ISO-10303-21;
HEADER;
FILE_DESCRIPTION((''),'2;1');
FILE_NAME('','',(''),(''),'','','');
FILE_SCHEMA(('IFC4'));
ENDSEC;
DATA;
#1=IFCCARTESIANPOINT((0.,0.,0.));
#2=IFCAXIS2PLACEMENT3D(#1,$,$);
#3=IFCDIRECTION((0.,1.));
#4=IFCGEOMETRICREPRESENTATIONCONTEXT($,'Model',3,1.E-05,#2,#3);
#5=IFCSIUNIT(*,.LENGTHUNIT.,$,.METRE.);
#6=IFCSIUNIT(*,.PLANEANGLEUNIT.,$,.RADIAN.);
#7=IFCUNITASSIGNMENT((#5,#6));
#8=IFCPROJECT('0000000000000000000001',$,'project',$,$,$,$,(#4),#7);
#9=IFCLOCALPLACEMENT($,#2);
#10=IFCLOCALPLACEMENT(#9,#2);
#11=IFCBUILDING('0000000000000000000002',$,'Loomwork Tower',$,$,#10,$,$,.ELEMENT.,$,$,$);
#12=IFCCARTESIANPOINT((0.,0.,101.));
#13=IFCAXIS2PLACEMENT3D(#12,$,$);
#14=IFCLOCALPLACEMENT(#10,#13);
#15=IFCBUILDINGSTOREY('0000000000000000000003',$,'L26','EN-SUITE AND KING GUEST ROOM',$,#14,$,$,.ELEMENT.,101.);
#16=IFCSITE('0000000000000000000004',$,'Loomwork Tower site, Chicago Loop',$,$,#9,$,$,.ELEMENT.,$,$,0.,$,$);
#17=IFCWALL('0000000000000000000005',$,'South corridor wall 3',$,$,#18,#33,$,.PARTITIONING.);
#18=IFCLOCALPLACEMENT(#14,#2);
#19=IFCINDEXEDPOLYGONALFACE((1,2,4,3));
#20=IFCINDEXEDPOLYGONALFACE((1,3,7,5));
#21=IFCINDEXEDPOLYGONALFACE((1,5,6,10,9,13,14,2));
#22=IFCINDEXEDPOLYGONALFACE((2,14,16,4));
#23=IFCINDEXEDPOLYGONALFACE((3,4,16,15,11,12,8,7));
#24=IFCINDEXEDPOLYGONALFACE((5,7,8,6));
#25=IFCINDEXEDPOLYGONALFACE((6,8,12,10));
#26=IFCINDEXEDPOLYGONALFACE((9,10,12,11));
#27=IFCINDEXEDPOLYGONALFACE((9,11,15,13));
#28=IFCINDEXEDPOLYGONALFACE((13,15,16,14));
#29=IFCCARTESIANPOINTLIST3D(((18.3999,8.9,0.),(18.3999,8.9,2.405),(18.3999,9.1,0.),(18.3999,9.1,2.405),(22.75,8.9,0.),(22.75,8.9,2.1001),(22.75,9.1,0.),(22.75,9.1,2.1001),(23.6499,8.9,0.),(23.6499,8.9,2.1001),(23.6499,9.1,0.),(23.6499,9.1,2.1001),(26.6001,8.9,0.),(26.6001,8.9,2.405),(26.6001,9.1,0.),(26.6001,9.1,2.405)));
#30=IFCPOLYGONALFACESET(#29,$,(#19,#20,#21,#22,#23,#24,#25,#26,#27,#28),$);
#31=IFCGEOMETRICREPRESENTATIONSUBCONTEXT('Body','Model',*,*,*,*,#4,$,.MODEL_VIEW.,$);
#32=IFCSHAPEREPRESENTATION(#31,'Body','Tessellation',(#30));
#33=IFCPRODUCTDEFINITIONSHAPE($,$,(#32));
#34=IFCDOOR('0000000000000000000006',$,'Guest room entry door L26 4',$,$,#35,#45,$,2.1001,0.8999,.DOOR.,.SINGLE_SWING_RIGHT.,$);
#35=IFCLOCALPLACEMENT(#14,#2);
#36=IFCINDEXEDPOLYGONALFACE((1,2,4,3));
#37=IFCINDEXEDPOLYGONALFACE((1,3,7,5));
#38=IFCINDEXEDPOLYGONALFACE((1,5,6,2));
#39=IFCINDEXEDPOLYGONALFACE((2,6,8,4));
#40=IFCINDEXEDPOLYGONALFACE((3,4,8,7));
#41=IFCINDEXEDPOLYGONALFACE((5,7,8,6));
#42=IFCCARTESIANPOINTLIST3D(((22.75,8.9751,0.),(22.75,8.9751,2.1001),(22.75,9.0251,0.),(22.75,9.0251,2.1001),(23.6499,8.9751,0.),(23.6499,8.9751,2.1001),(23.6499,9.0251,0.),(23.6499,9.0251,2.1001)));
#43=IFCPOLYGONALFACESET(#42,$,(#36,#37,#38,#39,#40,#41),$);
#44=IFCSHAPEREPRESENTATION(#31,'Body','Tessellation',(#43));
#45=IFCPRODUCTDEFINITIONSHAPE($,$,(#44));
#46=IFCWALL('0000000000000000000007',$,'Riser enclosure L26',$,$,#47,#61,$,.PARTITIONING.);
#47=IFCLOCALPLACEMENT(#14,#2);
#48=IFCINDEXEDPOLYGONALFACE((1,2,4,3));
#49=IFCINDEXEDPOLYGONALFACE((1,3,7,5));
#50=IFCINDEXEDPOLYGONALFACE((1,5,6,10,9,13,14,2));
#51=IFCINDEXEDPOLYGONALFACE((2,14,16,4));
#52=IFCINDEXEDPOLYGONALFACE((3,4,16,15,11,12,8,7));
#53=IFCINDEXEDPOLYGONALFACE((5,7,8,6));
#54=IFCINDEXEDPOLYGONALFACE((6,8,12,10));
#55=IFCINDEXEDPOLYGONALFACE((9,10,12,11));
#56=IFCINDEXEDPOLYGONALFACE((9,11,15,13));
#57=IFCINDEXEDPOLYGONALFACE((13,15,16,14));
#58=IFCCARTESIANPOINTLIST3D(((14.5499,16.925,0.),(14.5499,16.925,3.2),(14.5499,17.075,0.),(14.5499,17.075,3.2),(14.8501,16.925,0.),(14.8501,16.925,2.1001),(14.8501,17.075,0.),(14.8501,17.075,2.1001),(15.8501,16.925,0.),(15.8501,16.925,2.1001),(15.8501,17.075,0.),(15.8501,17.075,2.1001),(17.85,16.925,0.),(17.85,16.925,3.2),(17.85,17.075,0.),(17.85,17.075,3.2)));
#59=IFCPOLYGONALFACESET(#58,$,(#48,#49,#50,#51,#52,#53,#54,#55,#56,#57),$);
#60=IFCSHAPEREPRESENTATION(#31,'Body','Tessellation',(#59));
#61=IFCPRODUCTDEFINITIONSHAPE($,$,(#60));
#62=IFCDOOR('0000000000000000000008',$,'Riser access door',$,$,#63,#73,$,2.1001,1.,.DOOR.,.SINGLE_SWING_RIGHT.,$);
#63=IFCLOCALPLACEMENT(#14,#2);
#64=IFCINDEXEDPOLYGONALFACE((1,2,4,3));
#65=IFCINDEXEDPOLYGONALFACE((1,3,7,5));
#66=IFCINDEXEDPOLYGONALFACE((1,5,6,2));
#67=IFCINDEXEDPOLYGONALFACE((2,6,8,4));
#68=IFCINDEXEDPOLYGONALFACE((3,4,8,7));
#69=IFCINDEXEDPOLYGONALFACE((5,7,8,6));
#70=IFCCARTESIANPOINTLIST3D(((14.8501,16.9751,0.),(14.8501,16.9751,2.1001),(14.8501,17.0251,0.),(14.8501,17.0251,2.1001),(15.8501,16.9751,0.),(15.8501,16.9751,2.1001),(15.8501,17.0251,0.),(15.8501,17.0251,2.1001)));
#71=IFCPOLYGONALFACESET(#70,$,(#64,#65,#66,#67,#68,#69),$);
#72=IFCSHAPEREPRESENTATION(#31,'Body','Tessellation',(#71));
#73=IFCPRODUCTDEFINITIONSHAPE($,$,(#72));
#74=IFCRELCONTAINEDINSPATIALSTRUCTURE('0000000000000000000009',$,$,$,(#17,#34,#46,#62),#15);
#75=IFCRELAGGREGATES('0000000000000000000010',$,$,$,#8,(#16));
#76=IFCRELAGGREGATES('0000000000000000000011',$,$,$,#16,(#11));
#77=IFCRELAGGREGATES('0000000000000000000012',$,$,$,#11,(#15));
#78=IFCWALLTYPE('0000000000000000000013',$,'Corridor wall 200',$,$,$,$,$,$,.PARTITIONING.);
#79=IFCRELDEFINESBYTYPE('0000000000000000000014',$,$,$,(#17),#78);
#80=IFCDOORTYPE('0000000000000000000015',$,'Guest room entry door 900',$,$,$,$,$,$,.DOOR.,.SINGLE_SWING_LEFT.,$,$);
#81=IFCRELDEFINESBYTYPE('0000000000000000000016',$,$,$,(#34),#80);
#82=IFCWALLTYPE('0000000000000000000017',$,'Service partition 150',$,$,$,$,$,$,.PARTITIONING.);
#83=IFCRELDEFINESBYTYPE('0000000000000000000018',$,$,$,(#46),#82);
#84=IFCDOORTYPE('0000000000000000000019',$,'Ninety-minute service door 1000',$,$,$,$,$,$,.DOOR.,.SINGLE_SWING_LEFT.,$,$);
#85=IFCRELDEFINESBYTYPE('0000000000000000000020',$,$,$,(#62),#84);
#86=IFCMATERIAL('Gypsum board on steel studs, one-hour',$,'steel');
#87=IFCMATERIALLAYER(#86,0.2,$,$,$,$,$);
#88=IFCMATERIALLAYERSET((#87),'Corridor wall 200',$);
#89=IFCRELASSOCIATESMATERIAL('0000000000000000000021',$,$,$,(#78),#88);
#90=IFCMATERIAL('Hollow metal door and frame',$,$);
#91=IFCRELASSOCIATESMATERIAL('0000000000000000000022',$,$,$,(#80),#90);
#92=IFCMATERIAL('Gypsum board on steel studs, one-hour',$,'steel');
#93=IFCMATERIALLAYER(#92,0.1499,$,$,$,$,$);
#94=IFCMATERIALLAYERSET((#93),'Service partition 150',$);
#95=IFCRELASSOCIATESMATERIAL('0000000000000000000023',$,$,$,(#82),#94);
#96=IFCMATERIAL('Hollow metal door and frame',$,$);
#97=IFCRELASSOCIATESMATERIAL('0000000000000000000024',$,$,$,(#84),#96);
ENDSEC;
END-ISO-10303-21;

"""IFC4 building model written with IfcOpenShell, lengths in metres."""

from ifc_helpers import new_model, si_unit, direction, frame, frame_2d, origin, place, context, subcontext, project, spatial, rectangle, extrude, material, layer, layer_set, type_object, element, fill, save


model = new_model("IFC4")

# Units and contexts
model_context = context("Model", 3, precision=1e-05, world=origin(), true_north=direction((0.0, 1.0)))
body_context = subcontext(model_context, "Body", "Model", "MODEL_VIEW")
ifc_project = project(units=[si_unit("LENGTHUNIT", "METRE"), si_unit("PLANEANGLEUNIT", "RADIAN")], contexts=[model_context])

# Site, building, storey
site_placement = place(None, origin())
site = spatial("IfcSite", under=ifc_project, at=site_placement, Name="Loomwork Tower site, Chicago Loop", CompositionType="ELEMENT", RefElevation=0.0)
building_placement = place(site_placement, origin())
building = spatial("IfcBuilding", under=site, at=building_placement, Name="Loomwork Tower", CompositionType="ELEMENT")
storey_placement = place(building_placement, frame((0.0, 0.0, 101.0)))
storey = spatial("IfcBuildingStorey", under=building, at=storey_placement, Name="L26", Description="EN-SUITE AND KING GUEST ROOM", CompositionType="ELEMENT", Elevation=101.0)

# Walls, openings, doors
ifc_material_1 = material(Name="Gypsum board on steel studs, one-hour", Category="steel")
ifc_layer_1 = layer(ifc_material_1, 0.2)
ifc_layer_set_1 = layer_set([ifc_layer_1], Name="Corridor wall 200")
wall_type_1 = type_object("IfcWallType", Name="Corridor wall 200", PredefinedType="PARTITIONING", material=ifc_layer_set_1)
wall_1_placement = place(storey_placement, frame((18.3999, 9.0, 0.0), z_axis=(0.0, 0.0, 1.0), x_axis=(1.0, 0.0, 0.0)))
wall_1 = element("IfcWall", 1, at=wall_1_placement, inside=storey, type_object=wall_type_1, Name="South corridor wall 3", PredefinedType="PARTITIONING", context=body_context, shape_type="SweptSolid", body=[
    extrude(rectangle(XDim=8.2002, YDim=0.2, at=frame_2d((4.1001, 0.0))), origin(), (0.0, 0.0, 1.0), 2.405),
])
opening_1_placement = place(wall_1_placement, frame((4.3501, 0.0, 0.0)))
opening_1 = element("IfcOpeningElement", 2, at=opening_1_placement, cuts=wall_1, PredefinedType="OPENING", context=body_context, shape_type="SweptSolid", body=[
    extrude(rectangle(XDim=0.8999, YDim=2.1001, at=frame_2d((0.45, 1.05))), frame((0.0, 0.1099, 0.0), z_axis=(0.0, -1.0, 0.0), x_axis=(1.0, 0.0, 0.0)), (0.0, 0.0, 1.0), 0.22),
])
ifc_material_2 = material(Name="Hollow metal door and frame")
door_type_1 = type_object("IfcDoorType", Name="Guest room entry door 900", OperationType="SINGLE_SWING_LEFT", PredefinedType="DOOR", material=ifc_material_2)
door_1_placement = place(opening_1_placement, frame((0.8999, 0.0, 0.0), z_axis=(0.0, 0.0, 1.0), x_axis=(-1.0, 0.0, 0.0)))
door_1 = element("IfcDoor", 3, at=door_1_placement, inside=storey, type_object=door_type_1, Name="Guest room entry door L26 4", OperationType="SINGLE_SWING_RIGHT", OverallHeight=2.1001, OverallWidth=0.8999, PredefinedType="DOOR", context=body_context, shape_type="SweptSolid", body=[
    extrude(rectangle(XDim=0.8999, YDim=2.1001, at=frame_2d((0.45, 1.05))), frame((0.0, 0.0249, 0.0), z_axis=(0.0, -1.0, 0.0), x_axis=(1.0, 0.0, 0.0)), (0.0, 0.0, 1.0), 0.05),
])
fill(opening_1, door_1)
ifc_material_3 = material(Name="Gypsum board on steel studs, one-hour", Category="steel")
ifc_layer_2 = layer(ifc_material_3, 0.1499)
ifc_layer_set_2 = layer_set([ifc_layer_2], Name="Service partition 150")
wall_type_2 = type_object("IfcWallType", Name="Service partition 150", PredefinedType="PARTITIONING", material=ifc_layer_set_2)
wall_2_placement = place(storey_placement, frame((14.55, 17.0, 0.0), z_axis=(0.0, 0.0, 1.0), x_axis=(1.0, 0.0, 0.0)))
wall_2 = element("IfcWall", 4, at=wall_2_placement, inside=storey, type_object=wall_type_2, Name="Riser enclosure L26", PredefinedType="PARTITIONING", context=body_context, shape_type="SweptSolid", body=[
    extrude(rectangle(XDim=3.3, YDim=0.1499, at=frame_2d((1.6499, 0.0))), origin(), (0.0, 0.0, 1.0), 3.2),
])
opening_2_placement = place(wall_2_placement, frame((0.3, 0.0, 0.0)))
opening_2 = element("IfcOpeningElement", 5, at=opening_2_placement, cuts=wall_2, PredefinedType="OPENING", context=body_context, shape_type="SweptSolid", body=[
    extrude(rectangle(XDim=1.0, YDim=2.1001, at=frame_2d((0.5, 1.05))), frame((0.0, 0.085, 0.0), z_axis=(0.0, -1.0, 0.0), x_axis=(1.0, 0.0, 0.0)), (0.0, 0.0, 1.0), 0.1699),
])
ifc_material_4 = material(Name="Hollow metal door and frame")
door_type_2 = type_object("IfcDoorType", Name="Ninety-minute service door 1000", OperationType="SINGLE_SWING_LEFT", PredefinedType="DOOR", material=ifc_material_4)
door_2_placement = place(opening_2_placement, frame((1.0, 0.0, 0.0), z_axis=(0.0, 0.0, 1.0), x_axis=(-1.0, 0.0, 0.0)))
door_2 = element("IfcDoor", 6, at=door_2_placement, inside=storey, type_object=door_type_2, Name="Riser access door", OperationType="SINGLE_SWING_RIGHT", OverallHeight=2.1001, OverallWidth=1.0, PredefinedType="DOOR", context=body_context, shape_type="SweptSolid", body=[
    extrude(rectangle(XDim=1.0, YDim=2.1001, at=frame_2d((0.5, 1.05))), frame((0.0, 0.0249, 0.0), z_axis=(0.0, -1.0, 0.0), x_axis=(1.0, 0.0, 0.0)), (0.0, 0.0, 1.0), 0.05),
])
fill(opening_2, door_2)

save(model, "model.ifc")
